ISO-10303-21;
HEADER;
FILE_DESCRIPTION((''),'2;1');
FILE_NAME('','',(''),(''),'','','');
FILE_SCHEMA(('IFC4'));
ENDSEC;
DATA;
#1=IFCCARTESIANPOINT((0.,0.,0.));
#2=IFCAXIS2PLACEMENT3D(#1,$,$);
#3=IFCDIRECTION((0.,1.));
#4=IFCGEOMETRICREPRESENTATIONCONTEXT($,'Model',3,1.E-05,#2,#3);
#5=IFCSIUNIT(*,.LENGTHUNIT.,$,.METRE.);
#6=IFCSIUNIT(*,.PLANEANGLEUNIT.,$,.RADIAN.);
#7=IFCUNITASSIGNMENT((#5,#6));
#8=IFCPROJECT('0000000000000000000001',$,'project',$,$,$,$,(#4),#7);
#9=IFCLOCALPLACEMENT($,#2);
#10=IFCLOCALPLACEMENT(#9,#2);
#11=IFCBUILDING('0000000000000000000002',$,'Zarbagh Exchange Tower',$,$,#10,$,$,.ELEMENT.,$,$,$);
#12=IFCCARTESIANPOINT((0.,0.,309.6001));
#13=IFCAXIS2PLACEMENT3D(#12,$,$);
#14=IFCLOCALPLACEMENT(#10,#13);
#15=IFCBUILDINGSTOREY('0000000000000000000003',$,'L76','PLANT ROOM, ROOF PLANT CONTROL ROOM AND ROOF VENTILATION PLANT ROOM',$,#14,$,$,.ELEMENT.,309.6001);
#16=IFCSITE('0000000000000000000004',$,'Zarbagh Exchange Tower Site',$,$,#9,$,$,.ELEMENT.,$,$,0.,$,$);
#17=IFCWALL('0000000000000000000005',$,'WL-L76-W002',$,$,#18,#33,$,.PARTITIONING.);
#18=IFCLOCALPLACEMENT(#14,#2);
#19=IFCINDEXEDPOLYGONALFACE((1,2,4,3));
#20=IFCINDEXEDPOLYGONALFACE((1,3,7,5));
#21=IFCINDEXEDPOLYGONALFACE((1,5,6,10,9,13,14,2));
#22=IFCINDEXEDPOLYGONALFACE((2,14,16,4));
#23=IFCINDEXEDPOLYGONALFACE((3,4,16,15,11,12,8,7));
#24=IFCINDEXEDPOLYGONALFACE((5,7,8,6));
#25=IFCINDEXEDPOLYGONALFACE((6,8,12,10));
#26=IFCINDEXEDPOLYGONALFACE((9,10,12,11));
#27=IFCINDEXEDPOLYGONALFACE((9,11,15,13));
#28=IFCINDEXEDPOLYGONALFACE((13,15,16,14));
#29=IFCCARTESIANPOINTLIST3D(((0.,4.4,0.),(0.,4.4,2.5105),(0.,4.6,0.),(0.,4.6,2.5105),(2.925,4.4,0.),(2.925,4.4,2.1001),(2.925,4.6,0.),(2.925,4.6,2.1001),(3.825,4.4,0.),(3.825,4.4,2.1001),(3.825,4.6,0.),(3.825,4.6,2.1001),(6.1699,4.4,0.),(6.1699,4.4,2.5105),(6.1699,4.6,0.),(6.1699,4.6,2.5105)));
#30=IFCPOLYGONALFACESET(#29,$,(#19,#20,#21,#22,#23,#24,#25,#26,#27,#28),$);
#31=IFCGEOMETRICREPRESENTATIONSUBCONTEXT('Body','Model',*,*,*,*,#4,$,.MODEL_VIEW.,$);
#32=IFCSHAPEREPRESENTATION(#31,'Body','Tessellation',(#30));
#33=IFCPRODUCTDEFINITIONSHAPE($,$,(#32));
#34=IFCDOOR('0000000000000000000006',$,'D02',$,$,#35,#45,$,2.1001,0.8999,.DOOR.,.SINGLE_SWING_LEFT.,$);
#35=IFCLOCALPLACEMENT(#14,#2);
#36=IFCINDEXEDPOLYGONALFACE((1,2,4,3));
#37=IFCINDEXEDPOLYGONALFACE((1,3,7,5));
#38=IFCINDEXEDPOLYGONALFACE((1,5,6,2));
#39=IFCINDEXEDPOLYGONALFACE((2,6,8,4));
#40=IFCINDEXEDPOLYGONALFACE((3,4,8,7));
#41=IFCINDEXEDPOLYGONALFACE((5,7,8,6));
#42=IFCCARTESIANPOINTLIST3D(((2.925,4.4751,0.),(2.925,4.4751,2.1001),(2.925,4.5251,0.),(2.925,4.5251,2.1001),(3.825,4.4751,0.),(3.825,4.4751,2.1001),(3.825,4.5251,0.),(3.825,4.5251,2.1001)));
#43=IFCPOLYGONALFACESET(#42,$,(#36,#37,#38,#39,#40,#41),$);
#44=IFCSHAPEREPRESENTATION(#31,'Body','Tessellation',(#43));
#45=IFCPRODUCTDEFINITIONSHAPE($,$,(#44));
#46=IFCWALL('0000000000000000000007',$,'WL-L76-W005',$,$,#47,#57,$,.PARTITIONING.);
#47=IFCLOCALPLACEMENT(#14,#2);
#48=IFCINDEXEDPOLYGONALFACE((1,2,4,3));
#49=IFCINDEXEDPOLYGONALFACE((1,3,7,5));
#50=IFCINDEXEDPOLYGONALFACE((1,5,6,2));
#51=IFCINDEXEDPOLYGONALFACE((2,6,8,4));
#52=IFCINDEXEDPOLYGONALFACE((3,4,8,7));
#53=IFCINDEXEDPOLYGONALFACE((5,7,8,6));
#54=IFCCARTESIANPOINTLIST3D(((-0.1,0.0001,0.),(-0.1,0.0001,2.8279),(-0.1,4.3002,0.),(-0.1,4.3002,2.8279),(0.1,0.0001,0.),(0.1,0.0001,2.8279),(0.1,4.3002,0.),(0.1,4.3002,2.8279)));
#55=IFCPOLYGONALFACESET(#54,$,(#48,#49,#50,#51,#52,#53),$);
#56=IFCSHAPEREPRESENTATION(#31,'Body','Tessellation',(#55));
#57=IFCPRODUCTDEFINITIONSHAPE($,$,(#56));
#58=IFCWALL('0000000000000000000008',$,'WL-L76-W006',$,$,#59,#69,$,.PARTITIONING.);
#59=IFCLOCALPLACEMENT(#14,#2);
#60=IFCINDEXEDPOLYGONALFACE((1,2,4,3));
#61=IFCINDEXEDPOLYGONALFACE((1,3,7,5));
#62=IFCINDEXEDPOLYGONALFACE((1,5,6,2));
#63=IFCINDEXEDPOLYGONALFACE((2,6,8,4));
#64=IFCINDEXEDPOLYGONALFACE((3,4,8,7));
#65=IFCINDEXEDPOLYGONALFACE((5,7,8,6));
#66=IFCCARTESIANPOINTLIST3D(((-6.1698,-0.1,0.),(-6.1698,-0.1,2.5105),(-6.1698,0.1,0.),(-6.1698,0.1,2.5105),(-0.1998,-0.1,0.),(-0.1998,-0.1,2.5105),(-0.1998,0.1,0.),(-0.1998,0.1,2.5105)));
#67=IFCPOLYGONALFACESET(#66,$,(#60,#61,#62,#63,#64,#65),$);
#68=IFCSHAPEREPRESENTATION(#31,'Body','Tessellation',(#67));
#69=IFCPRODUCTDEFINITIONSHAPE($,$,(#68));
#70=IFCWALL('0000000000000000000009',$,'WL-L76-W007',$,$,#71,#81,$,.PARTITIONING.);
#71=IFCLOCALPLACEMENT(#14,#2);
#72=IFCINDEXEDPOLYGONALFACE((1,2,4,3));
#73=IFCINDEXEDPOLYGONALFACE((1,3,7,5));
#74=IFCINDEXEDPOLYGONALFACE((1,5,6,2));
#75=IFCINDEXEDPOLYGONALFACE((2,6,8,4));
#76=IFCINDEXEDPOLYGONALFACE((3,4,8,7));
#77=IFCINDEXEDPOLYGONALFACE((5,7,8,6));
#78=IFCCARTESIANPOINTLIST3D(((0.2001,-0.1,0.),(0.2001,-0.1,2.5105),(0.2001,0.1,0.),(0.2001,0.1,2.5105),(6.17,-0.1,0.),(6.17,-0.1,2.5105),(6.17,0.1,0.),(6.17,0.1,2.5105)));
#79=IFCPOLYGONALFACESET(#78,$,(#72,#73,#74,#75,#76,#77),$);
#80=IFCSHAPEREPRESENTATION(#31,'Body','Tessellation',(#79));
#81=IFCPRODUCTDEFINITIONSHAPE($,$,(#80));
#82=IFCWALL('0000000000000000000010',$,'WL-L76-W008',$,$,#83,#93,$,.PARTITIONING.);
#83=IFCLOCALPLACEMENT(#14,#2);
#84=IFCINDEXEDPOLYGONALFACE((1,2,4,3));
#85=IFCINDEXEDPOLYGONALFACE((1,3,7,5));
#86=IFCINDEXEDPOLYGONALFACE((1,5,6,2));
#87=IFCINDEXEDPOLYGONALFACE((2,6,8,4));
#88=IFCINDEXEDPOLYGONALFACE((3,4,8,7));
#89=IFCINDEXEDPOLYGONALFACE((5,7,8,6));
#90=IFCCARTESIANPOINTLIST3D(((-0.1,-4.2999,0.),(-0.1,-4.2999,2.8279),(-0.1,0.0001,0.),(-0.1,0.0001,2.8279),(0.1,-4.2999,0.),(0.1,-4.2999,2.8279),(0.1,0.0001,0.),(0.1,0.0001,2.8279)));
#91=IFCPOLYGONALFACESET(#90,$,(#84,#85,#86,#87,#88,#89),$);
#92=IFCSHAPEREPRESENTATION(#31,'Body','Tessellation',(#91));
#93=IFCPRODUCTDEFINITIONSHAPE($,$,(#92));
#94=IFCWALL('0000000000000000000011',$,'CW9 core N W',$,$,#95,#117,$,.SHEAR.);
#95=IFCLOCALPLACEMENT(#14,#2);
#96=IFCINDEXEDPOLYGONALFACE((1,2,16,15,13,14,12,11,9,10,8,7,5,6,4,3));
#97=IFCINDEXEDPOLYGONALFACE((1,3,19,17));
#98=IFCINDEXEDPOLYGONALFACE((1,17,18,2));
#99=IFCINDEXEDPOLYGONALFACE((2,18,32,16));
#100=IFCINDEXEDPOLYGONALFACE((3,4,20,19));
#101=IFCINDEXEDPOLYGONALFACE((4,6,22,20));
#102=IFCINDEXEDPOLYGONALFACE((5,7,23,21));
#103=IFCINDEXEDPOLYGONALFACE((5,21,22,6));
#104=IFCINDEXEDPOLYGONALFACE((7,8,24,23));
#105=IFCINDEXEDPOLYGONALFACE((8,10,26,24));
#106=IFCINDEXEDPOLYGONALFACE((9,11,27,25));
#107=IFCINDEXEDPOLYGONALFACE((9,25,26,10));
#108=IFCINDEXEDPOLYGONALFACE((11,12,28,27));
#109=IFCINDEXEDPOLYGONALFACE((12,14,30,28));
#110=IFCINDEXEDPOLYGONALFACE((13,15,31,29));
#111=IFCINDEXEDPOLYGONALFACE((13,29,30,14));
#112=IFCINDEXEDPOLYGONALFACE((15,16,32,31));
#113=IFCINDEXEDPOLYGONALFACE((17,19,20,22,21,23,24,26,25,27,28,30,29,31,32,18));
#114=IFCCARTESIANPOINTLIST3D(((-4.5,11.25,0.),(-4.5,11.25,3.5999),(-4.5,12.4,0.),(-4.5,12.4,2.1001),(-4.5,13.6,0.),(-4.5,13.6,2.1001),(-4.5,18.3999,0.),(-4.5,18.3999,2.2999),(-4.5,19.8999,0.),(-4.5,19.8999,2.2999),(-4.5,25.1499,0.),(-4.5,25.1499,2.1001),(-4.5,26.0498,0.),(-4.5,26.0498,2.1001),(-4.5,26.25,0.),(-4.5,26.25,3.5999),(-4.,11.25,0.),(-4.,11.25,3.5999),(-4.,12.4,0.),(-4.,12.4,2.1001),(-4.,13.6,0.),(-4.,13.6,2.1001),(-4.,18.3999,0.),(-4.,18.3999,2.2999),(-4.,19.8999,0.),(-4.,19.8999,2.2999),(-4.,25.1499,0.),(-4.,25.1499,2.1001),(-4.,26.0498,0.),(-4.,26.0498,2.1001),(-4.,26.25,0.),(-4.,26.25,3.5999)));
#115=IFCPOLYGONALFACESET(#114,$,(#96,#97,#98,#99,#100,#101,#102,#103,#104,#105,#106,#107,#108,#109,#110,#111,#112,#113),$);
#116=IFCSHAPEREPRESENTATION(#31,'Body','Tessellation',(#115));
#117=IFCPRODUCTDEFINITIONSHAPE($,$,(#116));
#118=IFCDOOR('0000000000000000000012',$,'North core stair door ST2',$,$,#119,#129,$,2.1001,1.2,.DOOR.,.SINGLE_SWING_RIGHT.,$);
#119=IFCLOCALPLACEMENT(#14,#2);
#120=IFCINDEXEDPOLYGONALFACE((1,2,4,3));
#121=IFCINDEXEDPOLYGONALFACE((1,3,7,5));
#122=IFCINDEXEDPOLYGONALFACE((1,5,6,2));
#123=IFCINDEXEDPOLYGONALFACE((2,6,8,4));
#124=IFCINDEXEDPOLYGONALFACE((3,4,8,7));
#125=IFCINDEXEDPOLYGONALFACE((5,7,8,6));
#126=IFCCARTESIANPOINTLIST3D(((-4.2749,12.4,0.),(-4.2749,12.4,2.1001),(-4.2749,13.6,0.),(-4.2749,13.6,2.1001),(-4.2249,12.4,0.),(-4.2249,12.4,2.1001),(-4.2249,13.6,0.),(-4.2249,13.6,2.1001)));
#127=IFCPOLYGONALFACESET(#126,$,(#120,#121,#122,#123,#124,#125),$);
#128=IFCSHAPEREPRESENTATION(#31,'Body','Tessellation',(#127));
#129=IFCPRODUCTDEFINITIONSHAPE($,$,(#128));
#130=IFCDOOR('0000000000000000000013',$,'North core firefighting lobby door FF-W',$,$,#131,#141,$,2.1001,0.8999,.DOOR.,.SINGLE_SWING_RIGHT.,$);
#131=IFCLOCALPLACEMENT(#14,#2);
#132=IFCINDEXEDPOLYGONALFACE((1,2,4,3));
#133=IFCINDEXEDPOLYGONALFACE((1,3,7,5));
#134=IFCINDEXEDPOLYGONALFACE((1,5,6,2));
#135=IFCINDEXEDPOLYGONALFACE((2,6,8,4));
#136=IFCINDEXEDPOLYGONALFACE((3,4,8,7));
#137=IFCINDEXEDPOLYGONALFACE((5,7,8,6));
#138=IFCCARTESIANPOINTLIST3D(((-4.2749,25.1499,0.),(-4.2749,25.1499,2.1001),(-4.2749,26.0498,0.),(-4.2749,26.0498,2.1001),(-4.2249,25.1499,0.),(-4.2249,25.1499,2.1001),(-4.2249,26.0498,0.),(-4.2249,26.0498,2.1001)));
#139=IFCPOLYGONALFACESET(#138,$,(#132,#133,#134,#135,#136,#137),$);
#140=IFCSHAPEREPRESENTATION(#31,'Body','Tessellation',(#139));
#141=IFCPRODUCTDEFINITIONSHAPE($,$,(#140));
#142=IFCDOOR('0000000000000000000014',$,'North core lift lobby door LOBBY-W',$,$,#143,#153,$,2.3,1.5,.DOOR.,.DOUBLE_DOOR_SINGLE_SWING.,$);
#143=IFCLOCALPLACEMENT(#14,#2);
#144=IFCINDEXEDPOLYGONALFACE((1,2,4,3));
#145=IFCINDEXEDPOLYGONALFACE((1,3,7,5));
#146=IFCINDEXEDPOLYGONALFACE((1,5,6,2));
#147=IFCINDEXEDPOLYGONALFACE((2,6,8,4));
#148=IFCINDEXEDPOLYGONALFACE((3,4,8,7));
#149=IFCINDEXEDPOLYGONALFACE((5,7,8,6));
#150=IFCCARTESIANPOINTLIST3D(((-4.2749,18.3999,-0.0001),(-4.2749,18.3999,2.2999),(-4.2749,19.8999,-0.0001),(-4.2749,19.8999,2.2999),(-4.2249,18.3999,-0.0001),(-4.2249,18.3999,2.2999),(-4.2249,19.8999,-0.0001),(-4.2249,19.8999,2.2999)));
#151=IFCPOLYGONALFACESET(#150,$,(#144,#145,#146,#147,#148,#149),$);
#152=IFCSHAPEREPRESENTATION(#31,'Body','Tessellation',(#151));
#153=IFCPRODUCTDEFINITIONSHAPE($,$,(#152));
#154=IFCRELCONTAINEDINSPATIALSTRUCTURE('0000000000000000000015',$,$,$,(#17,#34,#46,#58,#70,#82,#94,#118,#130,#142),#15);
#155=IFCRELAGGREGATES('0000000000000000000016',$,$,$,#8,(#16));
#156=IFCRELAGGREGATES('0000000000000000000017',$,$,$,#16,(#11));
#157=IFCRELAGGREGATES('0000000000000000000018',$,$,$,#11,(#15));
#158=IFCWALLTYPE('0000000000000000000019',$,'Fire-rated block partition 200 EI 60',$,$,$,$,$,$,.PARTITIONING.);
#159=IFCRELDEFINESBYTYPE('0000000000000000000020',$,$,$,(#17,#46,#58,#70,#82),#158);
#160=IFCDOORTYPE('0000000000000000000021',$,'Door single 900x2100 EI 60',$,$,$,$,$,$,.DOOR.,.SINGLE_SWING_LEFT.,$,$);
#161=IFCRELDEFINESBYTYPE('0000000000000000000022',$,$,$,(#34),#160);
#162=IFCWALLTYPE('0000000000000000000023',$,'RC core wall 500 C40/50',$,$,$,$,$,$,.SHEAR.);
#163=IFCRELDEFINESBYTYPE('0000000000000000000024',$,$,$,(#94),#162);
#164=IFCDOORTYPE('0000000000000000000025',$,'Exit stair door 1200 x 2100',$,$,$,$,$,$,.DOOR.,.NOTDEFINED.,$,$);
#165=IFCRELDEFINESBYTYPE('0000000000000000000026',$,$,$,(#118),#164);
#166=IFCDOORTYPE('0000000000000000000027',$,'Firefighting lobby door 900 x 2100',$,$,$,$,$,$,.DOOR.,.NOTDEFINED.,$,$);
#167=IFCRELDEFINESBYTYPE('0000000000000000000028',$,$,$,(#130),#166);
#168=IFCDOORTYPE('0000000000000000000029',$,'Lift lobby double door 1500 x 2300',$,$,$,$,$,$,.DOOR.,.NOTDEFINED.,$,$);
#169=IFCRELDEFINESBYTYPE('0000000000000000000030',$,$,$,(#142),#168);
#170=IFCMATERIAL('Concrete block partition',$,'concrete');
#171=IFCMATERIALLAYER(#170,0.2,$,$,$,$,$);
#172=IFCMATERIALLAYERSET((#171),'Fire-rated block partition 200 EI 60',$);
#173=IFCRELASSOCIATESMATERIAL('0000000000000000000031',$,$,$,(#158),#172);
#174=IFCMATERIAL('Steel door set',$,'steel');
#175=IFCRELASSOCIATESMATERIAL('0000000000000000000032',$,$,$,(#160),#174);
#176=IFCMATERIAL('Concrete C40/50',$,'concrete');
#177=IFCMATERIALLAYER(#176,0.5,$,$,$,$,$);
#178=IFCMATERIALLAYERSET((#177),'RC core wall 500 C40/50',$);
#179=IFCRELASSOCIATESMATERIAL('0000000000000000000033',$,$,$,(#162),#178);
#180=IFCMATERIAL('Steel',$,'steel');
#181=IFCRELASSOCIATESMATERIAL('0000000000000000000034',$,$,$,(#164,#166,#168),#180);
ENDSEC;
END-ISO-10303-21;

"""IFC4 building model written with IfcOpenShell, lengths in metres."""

from ifc_helpers import new_model, si_unit, direction, frame, frame_2d, origin, place, context, subcontext, project, spatial, rectangle, extrude, material, layer, layer_set, type_object, element, fill, save


model = new_model("IFC4")

# Units and contexts
model_context = context("Model", 3, precision=1e-05, world=origin(), true_north=direction((0.0, 1.0)))
body_context = subcontext(model_context, "Body", "Model", "MODEL_VIEW")
ifc_project = project(units=[si_unit("LENGTHUNIT", "METRE"), si_unit("PLANEANGLEUNIT", "RADIAN")], contexts=[model_context])

# Site, building, storey
site_placement = place(None, origin())
site = spatial("IfcSite", under=ifc_project, at=site_placement, Name="Zarbagh Exchange Tower Site", CompositionType="ELEMENT", RefElevation=0.0)
building_placement = place(site_placement, origin())
building = spatial("IfcBuilding", under=site, at=building_placement, Name="Zarbagh Exchange Tower", CompositionType="ELEMENT")
storey_placement = place(building_placement, frame((0.0, 0.0, 309.6001)))
storey = spatial("IfcBuildingStorey", under=building, at=storey_placement, Name="L76", Description="PLANT ROOM, ROOF PLANT CONTROL ROOM AND ROOF VENTILATION PLANT ROOM", CompositionType="ELEMENT", Elevation=309.6001)

# Shared definitions
ifc_material_1 = material(Name="Concrete C40/50", Category="concrete")

# Wall, opening, door
ifc_material_2 = material(Name="Concrete block partition", Category="concrete")
ifc_layer_1 = layer(ifc_material_2, 0.2)
ifc_layer_set_1 = layer_set([ifc_layer_1], Name="Fire-rated block partition 200 EI 60")
wall_type_1 = type_object("IfcWallType", Name="Fire-rated block partition 200 EI 60", PredefinedType="PARTITIONING", material=ifc_layer_set_1)
ifc_material_3 = material(Name="Steel door set", Category="steel")
door_type_1 = type_object("IfcDoorType", Name="Door single 900x2100 EI 60", OperationType="SINGLE_SWING_LEFT", PredefinedType="DOOR", material=ifc_material_3)
wall_1_placement = place(storey_placement, frame((6.1699, 4.5, 0.0), z_axis=(0.0, 0.0, 1.0), x_axis=(-1.0, 0.0, 0.0)))
wall_1 = element("IfcWall", 1, at=wall_1_placement, inside=storey, type_object=wall_type_1, Name="WL-L76-W002", PredefinedType="PARTITIONING", context=body_context, shape_type="SweptSolid", body=[
    extrude(rectangle(XDim=6.1699, YDim=0.2, at=frame_2d((3.085, 0.0))), origin(), (0.0, 0.0, 1.0), 2.5105),
])
opening_1_placement = place(wall_1_placement, frame((2.345, 0.0, 0.0)))
opening_1 = element("IfcOpeningElement", 2, at=opening_1_placement, cuts=wall_1, PredefinedType="OPENING", context=body_context, shape_type="SweptSolid", body=[
    extrude(rectangle(XDim=0.8999, YDim=2.1001, at=frame_2d((0.45, 1.05))), frame((0.0, 0.1099, 0.0), z_axis=(0.0, -1.0, 0.0), x_axis=(1.0, 0.0, 0.0)), (0.0, 0.0, 1.0), 0.22),
])
door_1_placement = place(opening_1_placement, origin())
door_1 = element("IfcDoor", 3, at=door_1_placement, inside=storey, type_object=door_type_1, Name="D02", OperationType="SINGLE_SWING_LEFT", OverallHeight=2.1001, OverallWidth=0.8999, PredefinedType="DOOR", context=body_context, shape_type="SweptSolid", body=[
    extrude(rectangle(XDim=0.8999, YDim=2.1001, at=frame_2d((0.45, 1.05))), frame((0.0, 0.0249, 0.0), z_axis=(0.0, -1.0, 0.0), x_axis=(1.0, 0.0, 0.0)), (0.0, 0.0, 1.0), 0.05),
])
fill(opening_1, door_1)

# Walls
wall_2_placement = place(storey_placement, frame((0.0, 4.3, 0.0), z_axis=(0.0, 0.0, 1.0), x_axis=(0.0, -1.0, 0.0)))
element("IfcWall", 4, at=wall_2_placement, inside=storey, type_object=wall_type_1, Name="WL-L76-W005", PredefinedType="PARTITIONING", context=body_context, shape_type="SweptSolid", body=[
    extrude(rectangle(XDim=4.3, YDim=0.2, at=frame_2d((2.1499, 0.0))), origin(), (0.0, 0.0, 1.0), 2.8279),
])
for number, where, z_axis, x_axis, name in (
    (5, (-0.2, 0.0, 0.0), (0.0, 0.0, 1.0), (-1.0, 0.0, 0.0), "WL-L76-W006"),
    (6, (6.1699, 0.0, 0.0), (0.0, 0.0, 1.0), (-1.0, 0.0, 0.0), "WL-L76-W007"),
):
    element("IfcWall", number, at=place(storey_placement, frame(where, z_axis=z_axis, x_axis=x_axis)), inside=storey, type_object=wall_type_1, Name=name, PredefinedType="PARTITIONING", context=body_context, shape_type="SweptSolid", body=[
        extrude(rectangle(XDim=5.97, YDim=0.2, at=frame_2d((2.9849, 0.0))), origin(), (0.0, 0.0, 1.0), 2.5105),
    ])
wall_3_placement = place(storey_placement, frame((0.0, 0.0, 0.0), z_axis=(0.0, 0.0, 1.0), x_axis=(0.0, -1.0, 0.0)))
element("IfcWall", 7, at=wall_3_placement, inside=storey, type_object=wall_type_1, Name="WL-L76-W008", PredefinedType="PARTITIONING", context=body_context, shape_type="SweptSolid", body=[
    extrude(rectangle(XDim=4.3, YDim=0.2, at=frame_2d((2.1499, 0.0))), origin(), (0.0, 0.0, 1.0), 2.8279),
])

# Wall, openings, doors
ifc_layer_2 = layer(ifc_material_1, 0.5)
ifc_layer_set_2 = layer_set([ifc_layer_2], Name="RC core wall 500 C40/50")
wall_type_2 = type_object("IfcWallType", Name="RC core wall 500 C40/50", PredefinedType="SHEAR", material=ifc_layer_set_2)
wall_4_placement = place(storey_placement, frame((-4.25, 11.25, 0.0), z_axis=(0.0, 0.0, 1.0), x_axis=(0.0, 1.0, 0.0)))
wall_4 = element("IfcWall", 8, at=wall_4_placement, inside=storey, type_object=wall_type_2, Name="CW9 core N W", PredefinedType="SHEAR", context=body_context, shape_type="SweptSolid", body=[
    extrude(rectangle(XDim=15.0, YDim=0.5, at=frame_2d((7.5, 0.0))), origin(), (0.0, 0.0, 1.0), 3.5999),
])
opening_2_placement = place(wall_4_placement, frame((7.1499, 0.0, 0.0)))
opening_2 = element("IfcOpeningElement", 9, at=opening_2_placement, cuts=wall_4, PredefinedType="OPENING", context=body_context, shape_type="SweptSolid", body=[
    extrude(rectangle(XDim=1.5, YDim=2.3, at=frame_2d((0.75, 1.1499))), frame((0.0, 0.26, 0.0), z_axis=(0.0, -1.0, 0.0), x_axis=(1.0, 0.0, 0.0)), (0.0, 0.0, 1.0), 0.52),
])
opening_3_placement = place(wall_4_placement, frame((13.8999, 0.0, 0.0)))
opening_3 = element("IfcOpeningElement", 10, at=opening_3_placement, cuts=wall_4, PredefinedType="OPENING", context=body_context, shape_type="SweptSolid", body=[
    extrude(rectangle(XDim=0.8999, YDim=2.1001, at=frame_2d((0.45, 1.05))), frame((0.0, 0.26, 0.0), z_axis=(0.0, -1.0, 0.0), x_axis=(1.0, 0.0, 0.0)), (0.0, 0.0, 1.0), 0.52),
])
opening_4_placement = place(wall_4_placement, frame((1.1499, 0.0, 0.0)))
opening_4 = element("IfcOpeningElement", 11, at=opening_4_placement, cuts=wall_4, PredefinedType="OPENING", context=body_context, shape_type="SweptSolid", body=[
    extrude(rectangle(XDim=1.2, YDim=2.1001, at=frame_2d((0.6001, 1.05))), frame((0.0, 0.26, 0.0), z_axis=(0.0, -1.0, 0.0), x_axis=(1.0, 0.0, 0.0)), (0.0, 0.0, 1.0), 0.52),
])
ifc_material_4 = material(Name="Steel", Category="steel")
door_type_2 = type_object("IfcDoorType", Name="Exit stair door 1200 x 2100", OperationType="NOTDEFINED", PredefinedType="DOOR", material=ifc_material_4)
door_2_placement = place(opening_4_placement, origin())
door_2 = element("IfcDoor", 12, at=door_2_placement, inside=storey, type_object=door_type_2, Name="North core stair door ST2", OperationType="SINGLE_SWING_RIGHT", OverallHeight=2.1001, OverallWidth=1.2, PredefinedType="DOOR", context=body_context, shape_type="SweptSolid", body=[
    extrude(rectangle(XDim=1.2, YDim=2.1001, at=frame_2d((0.6001, 1.05))), frame((0.0, 0.0249, 0.0), z_axis=(0.0, -1.0, 0.0), x_axis=(1.0, 0.0, 0.0)), (0.0, 0.0, 1.0), 0.05),
])
fill(opening_4, door_2)
door_type_3 = type_object("IfcDoorType", Name="Firefighting lobby door 900 x 2100", OperationType="NOTDEFINED", PredefinedType="DOOR", material=ifc_material_4)
door_3_placement = place(opening_3_placement, origin())
door_3 = element("IfcDoor", 13, at=door_3_placement, inside=storey, type_object=door_type_3, Name="North core firefighting lobby door FF-W", OperationType="SINGLE_SWING_RIGHT", OverallHeight=2.1001, OverallWidth=0.8999, PredefinedType="DOOR", context=body_context, shape_type="SweptSolid", body=[
    extrude(rectangle(XDim=0.8999, YDim=2.1001, at=frame_2d((0.45, 1.05))), frame((0.0, 0.0249, 0.0), z_axis=(0.0, -1.0, 0.0), x_axis=(1.0, 0.0, 0.0)), (0.0, 0.0, 1.0), 0.05),
])
fill(opening_3, door_3)
door_type_4 = type_object("IfcDoorType", Name="Lift lobby double door 1500 x 2300", OperationType="NOTDEFINED", PredefinedType="DOOR", material=ifc_material_4)
door_4_placement = place(opening_2_placement, origin())
door_4 = element("IfcDoor", 14, at=door_4_placement, inside=storey, type_object=door_type_4, Name="North core lift lobby door LOBBY-W", OperationType="DOUBLE_DOOR_SINGLE_SWING", OverallHeight=2.3, OverallWidth=1.5, PredefinedType="DOOR", context=body_context, shape_type="SweptSolid", body=[
    extrude(rectangle(XDim=1.5, YDim=2.3, at=frame_2d((0.75, 1.1499))), frame((0.0, 0.0249, 0.0), z_axis=(0.0, -1.0, 0.0), x_axis=(1.0, 0.0, 0.0)), (0.0, 0.0, 1.0), 0.05),
])
fill(opening_2, door_4)

save(model, "model.ifc")
